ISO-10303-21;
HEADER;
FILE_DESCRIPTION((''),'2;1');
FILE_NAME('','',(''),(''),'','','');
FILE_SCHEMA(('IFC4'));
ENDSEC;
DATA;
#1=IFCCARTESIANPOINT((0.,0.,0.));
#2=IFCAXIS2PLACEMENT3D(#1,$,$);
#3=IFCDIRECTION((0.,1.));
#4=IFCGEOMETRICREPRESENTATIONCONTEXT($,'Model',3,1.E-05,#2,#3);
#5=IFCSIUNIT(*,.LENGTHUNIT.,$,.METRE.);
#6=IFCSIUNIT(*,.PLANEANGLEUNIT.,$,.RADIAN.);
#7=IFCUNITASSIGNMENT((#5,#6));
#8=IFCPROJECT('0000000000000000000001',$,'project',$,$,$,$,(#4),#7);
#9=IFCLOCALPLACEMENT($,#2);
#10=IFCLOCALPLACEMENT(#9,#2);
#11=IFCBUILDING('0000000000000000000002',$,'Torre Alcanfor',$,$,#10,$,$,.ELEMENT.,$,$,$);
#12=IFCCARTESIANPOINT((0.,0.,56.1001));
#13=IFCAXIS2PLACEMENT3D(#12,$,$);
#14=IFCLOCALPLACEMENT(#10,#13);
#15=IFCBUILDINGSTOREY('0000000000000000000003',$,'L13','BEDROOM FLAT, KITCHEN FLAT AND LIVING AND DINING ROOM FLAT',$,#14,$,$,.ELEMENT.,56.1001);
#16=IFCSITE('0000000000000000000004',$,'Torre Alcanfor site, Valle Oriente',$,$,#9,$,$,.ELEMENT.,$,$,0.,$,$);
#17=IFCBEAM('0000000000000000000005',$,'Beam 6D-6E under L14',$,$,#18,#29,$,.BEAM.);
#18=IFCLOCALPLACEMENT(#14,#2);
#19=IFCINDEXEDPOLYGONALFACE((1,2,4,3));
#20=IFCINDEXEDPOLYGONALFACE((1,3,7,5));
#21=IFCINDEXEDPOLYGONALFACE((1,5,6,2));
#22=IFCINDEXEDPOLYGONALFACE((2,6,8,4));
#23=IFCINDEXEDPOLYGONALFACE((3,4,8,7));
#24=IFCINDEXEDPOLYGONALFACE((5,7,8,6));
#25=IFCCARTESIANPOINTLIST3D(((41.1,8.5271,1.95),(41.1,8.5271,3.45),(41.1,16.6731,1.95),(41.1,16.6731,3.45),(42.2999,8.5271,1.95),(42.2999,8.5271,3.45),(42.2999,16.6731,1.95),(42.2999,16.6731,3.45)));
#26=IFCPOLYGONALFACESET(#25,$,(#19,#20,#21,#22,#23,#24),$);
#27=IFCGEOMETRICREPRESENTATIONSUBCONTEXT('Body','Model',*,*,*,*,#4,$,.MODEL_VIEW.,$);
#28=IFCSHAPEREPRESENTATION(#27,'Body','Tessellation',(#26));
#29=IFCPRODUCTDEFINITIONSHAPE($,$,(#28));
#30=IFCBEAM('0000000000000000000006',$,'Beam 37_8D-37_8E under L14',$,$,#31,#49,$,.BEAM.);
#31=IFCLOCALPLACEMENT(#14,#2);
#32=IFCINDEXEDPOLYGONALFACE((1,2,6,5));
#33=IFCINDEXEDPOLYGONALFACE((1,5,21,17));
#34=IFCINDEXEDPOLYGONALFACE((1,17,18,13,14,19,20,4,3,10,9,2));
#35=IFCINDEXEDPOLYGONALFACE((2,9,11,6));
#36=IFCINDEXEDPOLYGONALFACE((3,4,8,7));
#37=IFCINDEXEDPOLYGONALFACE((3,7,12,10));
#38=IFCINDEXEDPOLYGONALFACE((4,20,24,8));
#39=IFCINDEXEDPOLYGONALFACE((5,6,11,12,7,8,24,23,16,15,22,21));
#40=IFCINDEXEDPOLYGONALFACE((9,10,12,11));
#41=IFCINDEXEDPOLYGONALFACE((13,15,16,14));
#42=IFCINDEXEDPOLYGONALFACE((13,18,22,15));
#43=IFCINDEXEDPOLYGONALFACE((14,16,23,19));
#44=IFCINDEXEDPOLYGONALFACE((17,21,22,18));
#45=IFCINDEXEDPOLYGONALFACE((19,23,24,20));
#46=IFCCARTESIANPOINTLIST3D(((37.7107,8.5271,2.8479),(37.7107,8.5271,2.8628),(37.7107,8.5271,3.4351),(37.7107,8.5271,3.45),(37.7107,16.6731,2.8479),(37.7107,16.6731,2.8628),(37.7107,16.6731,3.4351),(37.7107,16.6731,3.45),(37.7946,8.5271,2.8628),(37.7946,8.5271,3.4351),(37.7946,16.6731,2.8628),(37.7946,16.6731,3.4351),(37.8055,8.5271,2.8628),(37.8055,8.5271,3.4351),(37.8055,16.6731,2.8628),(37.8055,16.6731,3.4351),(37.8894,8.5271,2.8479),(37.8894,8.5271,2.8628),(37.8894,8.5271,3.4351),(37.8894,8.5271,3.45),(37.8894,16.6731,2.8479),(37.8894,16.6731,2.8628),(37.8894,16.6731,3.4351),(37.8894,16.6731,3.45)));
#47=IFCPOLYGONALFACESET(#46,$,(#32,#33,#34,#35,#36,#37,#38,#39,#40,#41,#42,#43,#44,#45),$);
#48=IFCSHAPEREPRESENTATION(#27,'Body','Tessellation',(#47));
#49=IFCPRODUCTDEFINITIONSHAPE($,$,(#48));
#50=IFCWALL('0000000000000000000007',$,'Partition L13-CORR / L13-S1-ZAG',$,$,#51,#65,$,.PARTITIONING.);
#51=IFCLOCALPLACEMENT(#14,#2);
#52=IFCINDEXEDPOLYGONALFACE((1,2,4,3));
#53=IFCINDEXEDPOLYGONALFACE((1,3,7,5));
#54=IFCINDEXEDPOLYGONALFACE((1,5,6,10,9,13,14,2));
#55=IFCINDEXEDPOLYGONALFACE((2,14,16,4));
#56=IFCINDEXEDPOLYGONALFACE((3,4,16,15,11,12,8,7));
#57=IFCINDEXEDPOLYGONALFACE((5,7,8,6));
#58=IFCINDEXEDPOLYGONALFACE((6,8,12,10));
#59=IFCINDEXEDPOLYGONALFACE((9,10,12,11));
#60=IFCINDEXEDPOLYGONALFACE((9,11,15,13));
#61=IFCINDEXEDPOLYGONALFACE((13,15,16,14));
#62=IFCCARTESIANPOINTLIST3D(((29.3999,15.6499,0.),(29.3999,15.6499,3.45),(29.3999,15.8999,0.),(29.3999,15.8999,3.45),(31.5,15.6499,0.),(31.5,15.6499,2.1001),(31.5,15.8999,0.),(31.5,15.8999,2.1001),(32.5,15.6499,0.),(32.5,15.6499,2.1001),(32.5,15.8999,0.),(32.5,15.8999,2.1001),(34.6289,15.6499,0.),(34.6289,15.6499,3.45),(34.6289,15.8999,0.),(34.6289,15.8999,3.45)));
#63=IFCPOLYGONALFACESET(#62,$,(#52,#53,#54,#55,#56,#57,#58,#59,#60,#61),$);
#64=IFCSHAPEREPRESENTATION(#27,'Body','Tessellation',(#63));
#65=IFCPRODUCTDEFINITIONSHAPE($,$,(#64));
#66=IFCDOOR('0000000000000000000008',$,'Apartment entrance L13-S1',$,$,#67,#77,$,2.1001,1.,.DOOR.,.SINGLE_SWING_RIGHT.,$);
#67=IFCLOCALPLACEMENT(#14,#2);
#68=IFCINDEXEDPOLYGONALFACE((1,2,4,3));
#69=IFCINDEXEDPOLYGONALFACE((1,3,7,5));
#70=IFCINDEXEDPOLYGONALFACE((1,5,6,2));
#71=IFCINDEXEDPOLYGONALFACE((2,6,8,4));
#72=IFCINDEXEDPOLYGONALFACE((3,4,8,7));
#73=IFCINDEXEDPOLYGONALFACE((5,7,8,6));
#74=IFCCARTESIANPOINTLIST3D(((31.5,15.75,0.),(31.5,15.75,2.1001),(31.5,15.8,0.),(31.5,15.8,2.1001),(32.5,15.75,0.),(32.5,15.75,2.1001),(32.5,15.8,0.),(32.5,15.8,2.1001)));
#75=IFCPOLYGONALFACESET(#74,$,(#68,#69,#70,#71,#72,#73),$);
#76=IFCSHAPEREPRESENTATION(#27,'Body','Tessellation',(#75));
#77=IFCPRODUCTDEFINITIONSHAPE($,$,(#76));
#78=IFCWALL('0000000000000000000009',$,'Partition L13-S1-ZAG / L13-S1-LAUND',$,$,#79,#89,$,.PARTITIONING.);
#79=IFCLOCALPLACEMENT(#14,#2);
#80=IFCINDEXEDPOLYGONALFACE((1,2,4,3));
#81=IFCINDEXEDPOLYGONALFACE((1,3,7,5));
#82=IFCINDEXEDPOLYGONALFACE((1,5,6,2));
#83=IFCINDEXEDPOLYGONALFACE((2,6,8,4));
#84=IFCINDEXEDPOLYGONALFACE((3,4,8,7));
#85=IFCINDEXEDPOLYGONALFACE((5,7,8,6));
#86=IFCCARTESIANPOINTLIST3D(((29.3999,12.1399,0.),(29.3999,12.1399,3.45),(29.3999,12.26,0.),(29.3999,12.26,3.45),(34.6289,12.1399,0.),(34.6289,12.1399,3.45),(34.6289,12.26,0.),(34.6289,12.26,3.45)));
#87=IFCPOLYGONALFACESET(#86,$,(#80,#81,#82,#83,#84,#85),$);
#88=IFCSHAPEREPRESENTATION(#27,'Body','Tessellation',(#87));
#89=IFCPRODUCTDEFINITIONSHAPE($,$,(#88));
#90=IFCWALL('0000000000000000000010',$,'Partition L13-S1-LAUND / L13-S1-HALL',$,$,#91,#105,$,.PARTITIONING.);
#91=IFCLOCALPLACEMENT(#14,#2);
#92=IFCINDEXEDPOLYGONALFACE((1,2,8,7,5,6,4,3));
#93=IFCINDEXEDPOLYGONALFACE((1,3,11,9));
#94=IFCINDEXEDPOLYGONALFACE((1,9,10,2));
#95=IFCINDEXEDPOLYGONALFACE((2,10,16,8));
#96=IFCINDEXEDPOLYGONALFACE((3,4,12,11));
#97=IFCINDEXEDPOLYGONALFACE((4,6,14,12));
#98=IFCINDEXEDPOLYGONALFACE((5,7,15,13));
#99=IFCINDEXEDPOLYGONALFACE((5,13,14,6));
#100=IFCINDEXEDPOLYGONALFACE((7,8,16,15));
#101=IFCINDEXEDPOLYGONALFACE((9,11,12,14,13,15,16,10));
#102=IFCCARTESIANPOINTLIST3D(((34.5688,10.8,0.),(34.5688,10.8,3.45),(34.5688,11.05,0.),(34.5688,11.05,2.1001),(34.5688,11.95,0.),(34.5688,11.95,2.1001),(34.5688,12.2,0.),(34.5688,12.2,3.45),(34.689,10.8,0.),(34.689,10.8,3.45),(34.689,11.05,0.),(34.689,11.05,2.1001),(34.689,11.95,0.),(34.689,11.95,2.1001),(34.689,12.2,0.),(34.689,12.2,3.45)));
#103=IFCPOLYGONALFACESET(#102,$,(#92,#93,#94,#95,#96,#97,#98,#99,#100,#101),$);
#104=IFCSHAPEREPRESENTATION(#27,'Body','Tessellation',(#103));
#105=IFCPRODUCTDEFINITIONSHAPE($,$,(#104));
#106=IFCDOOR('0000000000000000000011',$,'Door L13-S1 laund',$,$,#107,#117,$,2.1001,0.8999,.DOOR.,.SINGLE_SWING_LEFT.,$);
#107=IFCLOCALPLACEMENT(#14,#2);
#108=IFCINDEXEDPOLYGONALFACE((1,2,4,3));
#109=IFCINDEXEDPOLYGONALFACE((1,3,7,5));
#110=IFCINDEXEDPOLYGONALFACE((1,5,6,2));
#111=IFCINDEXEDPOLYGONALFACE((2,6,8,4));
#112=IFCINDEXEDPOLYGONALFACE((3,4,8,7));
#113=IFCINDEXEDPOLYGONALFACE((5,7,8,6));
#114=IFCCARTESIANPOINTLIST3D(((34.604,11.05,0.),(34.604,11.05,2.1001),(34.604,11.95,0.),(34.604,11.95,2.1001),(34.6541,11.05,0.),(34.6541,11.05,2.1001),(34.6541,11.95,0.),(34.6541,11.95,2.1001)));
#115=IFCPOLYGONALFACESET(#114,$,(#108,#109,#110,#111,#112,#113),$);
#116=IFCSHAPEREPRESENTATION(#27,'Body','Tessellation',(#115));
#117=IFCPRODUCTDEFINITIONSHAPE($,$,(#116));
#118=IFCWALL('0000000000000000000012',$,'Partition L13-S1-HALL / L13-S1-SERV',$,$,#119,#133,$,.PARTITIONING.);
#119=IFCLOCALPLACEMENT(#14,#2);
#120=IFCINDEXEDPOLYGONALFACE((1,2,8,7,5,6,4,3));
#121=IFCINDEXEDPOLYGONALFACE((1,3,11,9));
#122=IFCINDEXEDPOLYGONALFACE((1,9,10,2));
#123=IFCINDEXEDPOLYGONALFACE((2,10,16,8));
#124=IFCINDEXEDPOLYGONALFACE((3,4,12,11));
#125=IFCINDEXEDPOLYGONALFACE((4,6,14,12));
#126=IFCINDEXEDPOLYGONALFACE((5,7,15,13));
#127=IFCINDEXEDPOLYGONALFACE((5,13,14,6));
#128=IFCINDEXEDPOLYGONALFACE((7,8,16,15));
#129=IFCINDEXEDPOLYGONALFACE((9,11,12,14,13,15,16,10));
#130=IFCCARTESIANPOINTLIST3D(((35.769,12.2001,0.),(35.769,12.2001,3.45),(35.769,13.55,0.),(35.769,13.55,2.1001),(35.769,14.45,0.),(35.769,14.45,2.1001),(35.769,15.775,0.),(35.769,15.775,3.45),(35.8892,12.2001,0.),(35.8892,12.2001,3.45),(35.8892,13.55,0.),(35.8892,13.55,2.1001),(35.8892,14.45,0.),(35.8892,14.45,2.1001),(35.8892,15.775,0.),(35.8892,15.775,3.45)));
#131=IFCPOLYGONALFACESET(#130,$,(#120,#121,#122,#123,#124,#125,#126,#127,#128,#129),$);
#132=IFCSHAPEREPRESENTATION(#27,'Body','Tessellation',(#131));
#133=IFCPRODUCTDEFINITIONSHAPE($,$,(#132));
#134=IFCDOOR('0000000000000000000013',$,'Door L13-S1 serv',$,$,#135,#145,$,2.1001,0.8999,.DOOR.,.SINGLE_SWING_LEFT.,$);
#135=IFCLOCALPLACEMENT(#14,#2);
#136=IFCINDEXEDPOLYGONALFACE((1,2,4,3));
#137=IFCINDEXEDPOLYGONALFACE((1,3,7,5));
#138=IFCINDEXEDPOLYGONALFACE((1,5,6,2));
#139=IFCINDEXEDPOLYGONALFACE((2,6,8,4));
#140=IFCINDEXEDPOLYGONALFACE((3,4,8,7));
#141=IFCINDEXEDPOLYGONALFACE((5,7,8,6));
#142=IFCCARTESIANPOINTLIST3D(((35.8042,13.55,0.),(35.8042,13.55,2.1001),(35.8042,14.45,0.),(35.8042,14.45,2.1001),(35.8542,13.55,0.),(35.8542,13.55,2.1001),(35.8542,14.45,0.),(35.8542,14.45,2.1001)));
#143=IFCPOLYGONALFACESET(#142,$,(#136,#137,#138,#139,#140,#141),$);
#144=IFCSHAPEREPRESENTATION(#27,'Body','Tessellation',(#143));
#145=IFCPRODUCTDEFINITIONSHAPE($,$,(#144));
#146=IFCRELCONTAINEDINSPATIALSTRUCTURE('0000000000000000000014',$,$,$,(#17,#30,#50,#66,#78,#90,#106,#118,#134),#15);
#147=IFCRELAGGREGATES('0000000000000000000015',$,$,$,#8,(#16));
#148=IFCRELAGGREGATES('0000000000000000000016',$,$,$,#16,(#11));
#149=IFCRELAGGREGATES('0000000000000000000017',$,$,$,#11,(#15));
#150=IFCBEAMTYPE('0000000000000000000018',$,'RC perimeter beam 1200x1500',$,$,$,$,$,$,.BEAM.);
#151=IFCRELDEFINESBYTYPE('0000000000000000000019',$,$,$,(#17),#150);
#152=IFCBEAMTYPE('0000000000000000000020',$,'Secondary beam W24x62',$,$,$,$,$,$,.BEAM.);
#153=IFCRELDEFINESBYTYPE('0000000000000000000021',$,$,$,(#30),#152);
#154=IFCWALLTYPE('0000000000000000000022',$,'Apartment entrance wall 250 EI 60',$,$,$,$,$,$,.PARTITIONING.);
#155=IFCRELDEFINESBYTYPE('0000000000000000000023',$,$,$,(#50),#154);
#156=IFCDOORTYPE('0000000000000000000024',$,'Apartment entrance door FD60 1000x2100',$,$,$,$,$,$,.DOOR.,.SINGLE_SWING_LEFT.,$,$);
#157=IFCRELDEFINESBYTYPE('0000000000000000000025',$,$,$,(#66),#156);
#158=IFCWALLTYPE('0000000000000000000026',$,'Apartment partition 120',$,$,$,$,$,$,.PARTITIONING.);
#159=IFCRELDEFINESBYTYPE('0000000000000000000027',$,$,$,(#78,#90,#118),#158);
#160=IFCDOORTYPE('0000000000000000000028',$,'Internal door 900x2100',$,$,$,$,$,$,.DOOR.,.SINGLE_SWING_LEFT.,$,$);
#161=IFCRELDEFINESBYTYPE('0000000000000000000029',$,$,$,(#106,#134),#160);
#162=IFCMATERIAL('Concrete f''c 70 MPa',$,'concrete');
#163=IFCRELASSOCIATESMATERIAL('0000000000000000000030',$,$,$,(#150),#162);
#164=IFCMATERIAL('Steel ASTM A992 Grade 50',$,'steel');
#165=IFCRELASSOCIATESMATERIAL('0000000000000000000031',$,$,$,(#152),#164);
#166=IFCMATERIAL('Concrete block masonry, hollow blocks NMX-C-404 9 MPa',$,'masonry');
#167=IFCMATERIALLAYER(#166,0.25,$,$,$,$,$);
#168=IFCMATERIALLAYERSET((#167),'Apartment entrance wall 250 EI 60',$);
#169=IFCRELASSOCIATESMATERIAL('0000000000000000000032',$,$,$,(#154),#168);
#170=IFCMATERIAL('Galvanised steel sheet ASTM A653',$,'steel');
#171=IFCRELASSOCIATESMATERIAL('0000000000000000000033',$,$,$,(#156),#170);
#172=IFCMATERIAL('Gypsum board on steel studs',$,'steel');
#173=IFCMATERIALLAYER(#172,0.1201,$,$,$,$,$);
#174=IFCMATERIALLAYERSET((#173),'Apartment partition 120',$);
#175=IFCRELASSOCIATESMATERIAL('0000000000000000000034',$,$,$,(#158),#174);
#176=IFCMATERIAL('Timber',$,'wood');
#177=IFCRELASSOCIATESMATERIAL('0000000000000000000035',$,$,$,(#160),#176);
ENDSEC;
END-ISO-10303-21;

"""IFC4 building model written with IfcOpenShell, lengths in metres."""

from ifc_helpers import new_model, si_unit, direction, frame, frame_2d, origin, origin_2d, place, context, subcontext, project, spatial, rectangle, i_section, extrude, material, layer, layer_set, material_profile, profile_set, type_object, element, fill, save


model = new_model("IFC4")

# Units and contexts
model_context = context("Model", 3, precision=1e-05, world=origin(), true_north=direction((0.0, 1.0)))
body_context = subcontext(model_context, "Body", "Model", "MODEL_VIEW")
ifc_project = project(units=[si_unit("LENGTHUNIT", "METRE"), si_unit("PLANEANGLEUNIT", "RADIAN")], contexts=[model_context])

# Site, building, storey
site_placement = place(None, origin())
site = spatial("IfcSite", under=ifc_project, at=site_placement, Name="Torre Alcanfor site, Valle Oriente", CompositionType="ELEMENT", RefElevation=0.0)
building_placement = place(site_placement, origin())
building = spatial("IfcBuilding", under=site, at=building_placement, Name="Torre Alcanfor", CompositionType="ELEMENT")
storey_placement = place(building_placement, frame((0.0, 0.0, 56.1001)))
storey = spatial("IfcBuildingStorey", under=building, at=storey_placement, Name="L13", Description="BEDROOM FLAT, KITCHEN FLAT AND LIVING AND DINING ROOM FLAT", CompositionType="ELEMENT", Elevation=56.1001)

# Beams
ifc_material_1 = material(Name="Concrete f'c 70 MPa", Category="concrete")
ifc_material_profile_1 = material_profile(ifc_material_1, rectangle(XDim=1.2, YDim=1.5, at=origin_2d()), Name="1200x1500")
ifc_profile_set_1 = profile_set([ifc_material_profile_1], Name="Concrete f'c 70 MPa")
beam_type_1 = type_object("IfcBeamType", Name="RC perimeter beam 1200x1500", PredefinedType="BEAM", material=ifc_profile_set_1)
beam_1_placement = place(storey_placement, frame((41.7, 8.5271, 2.7), z_axis=(0.0, 1.0, 0.0), x_axis=(-1.0, 0.0, 0.0)))
element("IfcBeam", 1, at=beam_1_placement, inside=storey, type_object=beam_type_1, Name="Beam 6D-6E under L14", PredefinedType="BEAM", context=body_context, shape_type="SweptSolid", body=[
    extrude(rectangle(XDim=1.2, YDim=1.5, at=origin_2d()), origin(), (0.0, 0.0, 1.0), 8.146),
])
ifc_material_2 = material(Name="Steel ASTM A992 Grade 50", Category="steel")
ifc_material_profile_2 = material_profile(ifc_material_2, i_section(OverallWidth=0.1787, OverallDepth=0.6021, WebThickness=0.011, FlangeThickness=0.0149, at=origin_2d()), Name="W24x62")
ifc_profile_set_2 = profile_set([ifc_material_profile_2], Name="Steel ASTM A992 Grade 50")
beam_type_2 = type_object("IfcBeamType", Name="Secondary beam W24x62", PredefinedType="BEAM", material=ifc_profile_set_2)
beam_2_placement = place(storey_placement, frame((37.8, 8.5271, 3.1489), z_axis=(0.0, 1.0, 0.0), x_axis=(-1.0, 0.0, 0.0)))
element("IfcBeam", 2, at=beam_2_placement, inside=storey, type_object=beam_type_2, Name="Beam 37_8D-37_8E under L14", PredefinedType="BEAM", context=body_context, shape_type="SweptSolid", body=[
    extrude(i_section(OverallWidth=0.1787, OverallDepth=0.6021, WebThickness=0.011, FlangeThickness=0.0149, at=origin_2d()), origin(), (0.0, 0.0, 1.0), 8.146),
])

# Wall, opening, door
ifc_material_3 = material(Name="Concrete block masonry, hollow blocks NMX-C-404 9 MPa", Category="masonry")
ifc_layer_1 = layer(ifc_material_3, 0.25)
ifc_layer_set_1 = layer_set([ifc_layer_1], Name="Apartment entrance wall 250 EI 60")
wall_type_1 = type_object("IfcWallType", Name="Apartment entrance wall 250 EI 60", PredefinedType="PARTITIONING", material=ifc_layer_set_1)
wall_1_placement = place(storey_placement, frame((34.6289, 15.7749, 0.0), z_axis=(0.0, 0.0, 1.0), x_axis=(-1.0, 0.0, 0.0)))
wall_1 = element("IfcWall", 3, at=wall_1_placement, inside=storey, type_object=wall_type_1, Name="Partition L13-CORR / L13-S1-ZAG", PredefinedType="PARTITIONING", context=body_context, shape_type="SweptSolid", body=[
    extrude(rectangle(XDim=5.229, YDim=0.25, at=frame_2d((2.6145, 0.0))), origin(), (0.0, 0.0, 1.0), 3.45),
])
opening_1_placement = place(wall_1_placement, frame((2.1289, 0.0, 0.0)))
opening_1 = element("IfcOpeningElement", 4, at=opening_1_placement, cuts=wall_1, PredefinedType="OPENING", context=body_context, shape_type="SweptSolid", body=[
    extrude(rectangle(XDim=1.0, YDim=2.1001, at=frame_2d((0.5, 1.05))), frame((0.0, 0.135, 0.0), z_axis=(0.0, -1.0, 0.0), x_axis=(1.0, 0.0, 0.0)), (0.0, 0.0, 1.0), 0.27),
])
ifc_material_4 = material(Name="Galvanised steel sheet ASTM A653", Category="steel")
door_type_1 = type_object("IfcDoorType", Name="Apartment entrance door FD60 1000x2100", OperationType="SINGLE_SWING_LEFT", PredefinedType="DOOR", material=ifc_material_4)
door_1_placement = place(opening_1_placement, origin())
door_1 = element("IfcDoor", 5, at=door_1_placement, inside=storey, type_object=door_type_1, Name="Apartment entrance L13-S1", OperationType="SINGLE_SWING_RIGHT", OverallHeight=2.1001, OverallWidth=1.0, PredefinedType="DOOR", context=body_context, shape_type="SweptSolid", body=[
    extrude(rectangle(XDim=1.0, YDim=2.1001, at=frame_2d((0.5, 1.05))), frame((0.0, 0.0249, 0.0), z_axis=(0.0, -1.0, 0.0), x_axis=(1.0, 0.0, 0.0)), (0.0, 0.0, 1.0), 0.05),
])
fill(opening_1, door_1)

# Wall
ifc_material_5 = material(Name="Gypsum board on steel studs", Category="steel")
ifc_layer_2 = layer(ifc_material_5, 0.1201)
ifc_layer_set_2 = layer_set([ifc_layer_2], Name="Apartment partition 120")
wall_type_2 = type_object("IfcWallType", Name="Apartment partition 120", PredefinedType="PARTITIONING", material=ifc_layer_set_2)
wall_2_placement = place(storey_placement, frame((29.3999, 12.2, 0.0), z_axis=(0.0, 0.0, 1.0), x_axis=(1.0, 0.0, 0.0)))
element("IfcWall", 6, at=wall_2_placement, inside=storey, type_object=wall_type_2, Name="Partition L13-S1-ZAG / L13-S1-LAUND", PredefinedType="PARTITIONING", context=body_context, shape_type="SweptSolid", body=[
    extrude(rectangle(XDim=5.229, YDim=0.1201, at=frame_2d((2.6145, 0.0))), origin(), (0.0, 0.0, 1.0), 3.45),
])

# Walls, openings, doors
wall_3_placement = place(storey_placement, frame((34.6289, 10.8, 0.0), z_axis=(0.0, 0.0, 1.0), x_axis=(0.0, 1.0, 0.0)))
wall_3 = element("IfcWall", 7, at=wall_3_placement, inside=storey, type_object=wall_type_2, Name="Partition L13-S1-LAUND / L13-S1-HALL", PredefinedType="PARTITIONING", context=body_context, shape_type="SweptSolid", body=[
    extrude(rectangle(XDim=1.3999, YDim=0.1201, at=frame_2d((0.7, 0.0))), origin(), (0.0, 0.0, 1.0), 3.45),
])
opening_2_placement = place(wall_3_placement, frame((0.25, 0.0, 0.0)))
opening_2 = element("IfcOpeningElement", 8, at=opening_2_placement, cuts=wall_3, PredefinedType="OPENING", context=body_context, shape_type="SweptSolid", body=[
    extrude(rectangle(XDim=0.8999, YDim=2.1001, at=frame_2d((0.45, 1.05))), frame((0.0, 0.0701, 0.0), z_axis=(0.0, -1.0, 0.0), x_axis=(1.0, 0.0, 0.0)), (0.0, 0.0, 1.0), 0.1401),
])
ifc_material_6 = material(Name="Timber", Category="wood")
door_type_2 = type_object("IfcDoorType", Name="Internal door 900x2100", OperationType="SINGLE_SWING_LEFT", PredefinedType="DOOR", material=ifc_material_6)
door_2_placement = place(opening_2_placement, origin())
door_2 = element("IfcDoor", 9, at=door_2_placement, inside=storey, type_object=door_type_2, Name="Door L13-S1 laund", OperationType="SINGLE_SWING_LEFT", OverallHeight=2.1001, OverallWidth=0.8999, PredefinedType="DOOR", context=body_context, shape_type="SweptSolid", body=[
    extrude(rectangle(XDim=0.8999, YDim=2.1001, at=frame_2d((0.45, 1.05))), frame((0.0, 0.0249, 0.0), z_axis=(0.0, -1.0, 0.0), x_axis=(1.0, 0.0, 0.0)), (0.0, 0.0, 1.0), 0.05),
])
fill(opening_2, door_2)
wall_4_placement = place(storey_placement, frame((35.8291, 12.2, 0.0), z_axis=(0.0, 0.0, 1.0), x_axis=(0.0, 1.0, 0.0)))
wall_4 = element("IfcWall", 10, at=wall_4_placement, inside=storey, type_object=wall_type_2, Name="Partition L13-S1-HALL / L13-S1-SERV", PredefinedType="PARTITIONING", context=body_context, shape_type="SweptSolid", body=[
    extrude(rectangle(XDim=3.575, YDim=0.1201, at=frame_2d((1.7876, 0.0))), origin(), (0.0, 0.0, 1.0), 3.45),
])
opening_3_placement = place(wall_4_placement, frame((1.3501, 0.0, 0.0)))
opening_3 = element("IfcOpeningElement", 11, at=opening_3_placement, cuts=wall_4, PredefinedType="OPENING", context=body_context, shape_type="SweptSolid", body=[
    extrude(rectangle(XDim=0.8999, YDim=2.1001, at=frame_2d((0.45, 1.05))), frame((0.0, 0.0701, 0.0), z_axis=(0.0, -1.0, 0.0), x_axis=(1.0, 0.0, 0.0)), (0.0, 0.0, 1.0), 0.1401),
])
door_3_placement = place(opening_3_placement, frame((0.8999, 0.0, 0.0), z_axis=(0.0, 0.0, 1.0), x_axis=(-1.0, 0.0, 0.0)))
door_3 = element("IfcDoor", 12, at=door_3_placement, inside=storey, type_object=door_type_2, Name="Door L13-S1 serv", OperationType="SINGLE_SWING_LEFT", OverallHeight=2.1001, OverallWidth=0.8999, PredefinedType="DOOR", context=body_context, shape_type="SweptSolid", body=[
    extrude(rectangle(XDim=0.8999, YDim=2.1001, at=frame_2d((0.45, 1.05))), frame((0.0, 0.0251, 0.0), z_axis=(0.0, -1.0, 0.0), x_axis=(1.0, 0.0, 0.0)), (0.0, 0.0, 1.0), 0.05),
])
fill(opening_3, door_3)

save(model, "model.ifc")
